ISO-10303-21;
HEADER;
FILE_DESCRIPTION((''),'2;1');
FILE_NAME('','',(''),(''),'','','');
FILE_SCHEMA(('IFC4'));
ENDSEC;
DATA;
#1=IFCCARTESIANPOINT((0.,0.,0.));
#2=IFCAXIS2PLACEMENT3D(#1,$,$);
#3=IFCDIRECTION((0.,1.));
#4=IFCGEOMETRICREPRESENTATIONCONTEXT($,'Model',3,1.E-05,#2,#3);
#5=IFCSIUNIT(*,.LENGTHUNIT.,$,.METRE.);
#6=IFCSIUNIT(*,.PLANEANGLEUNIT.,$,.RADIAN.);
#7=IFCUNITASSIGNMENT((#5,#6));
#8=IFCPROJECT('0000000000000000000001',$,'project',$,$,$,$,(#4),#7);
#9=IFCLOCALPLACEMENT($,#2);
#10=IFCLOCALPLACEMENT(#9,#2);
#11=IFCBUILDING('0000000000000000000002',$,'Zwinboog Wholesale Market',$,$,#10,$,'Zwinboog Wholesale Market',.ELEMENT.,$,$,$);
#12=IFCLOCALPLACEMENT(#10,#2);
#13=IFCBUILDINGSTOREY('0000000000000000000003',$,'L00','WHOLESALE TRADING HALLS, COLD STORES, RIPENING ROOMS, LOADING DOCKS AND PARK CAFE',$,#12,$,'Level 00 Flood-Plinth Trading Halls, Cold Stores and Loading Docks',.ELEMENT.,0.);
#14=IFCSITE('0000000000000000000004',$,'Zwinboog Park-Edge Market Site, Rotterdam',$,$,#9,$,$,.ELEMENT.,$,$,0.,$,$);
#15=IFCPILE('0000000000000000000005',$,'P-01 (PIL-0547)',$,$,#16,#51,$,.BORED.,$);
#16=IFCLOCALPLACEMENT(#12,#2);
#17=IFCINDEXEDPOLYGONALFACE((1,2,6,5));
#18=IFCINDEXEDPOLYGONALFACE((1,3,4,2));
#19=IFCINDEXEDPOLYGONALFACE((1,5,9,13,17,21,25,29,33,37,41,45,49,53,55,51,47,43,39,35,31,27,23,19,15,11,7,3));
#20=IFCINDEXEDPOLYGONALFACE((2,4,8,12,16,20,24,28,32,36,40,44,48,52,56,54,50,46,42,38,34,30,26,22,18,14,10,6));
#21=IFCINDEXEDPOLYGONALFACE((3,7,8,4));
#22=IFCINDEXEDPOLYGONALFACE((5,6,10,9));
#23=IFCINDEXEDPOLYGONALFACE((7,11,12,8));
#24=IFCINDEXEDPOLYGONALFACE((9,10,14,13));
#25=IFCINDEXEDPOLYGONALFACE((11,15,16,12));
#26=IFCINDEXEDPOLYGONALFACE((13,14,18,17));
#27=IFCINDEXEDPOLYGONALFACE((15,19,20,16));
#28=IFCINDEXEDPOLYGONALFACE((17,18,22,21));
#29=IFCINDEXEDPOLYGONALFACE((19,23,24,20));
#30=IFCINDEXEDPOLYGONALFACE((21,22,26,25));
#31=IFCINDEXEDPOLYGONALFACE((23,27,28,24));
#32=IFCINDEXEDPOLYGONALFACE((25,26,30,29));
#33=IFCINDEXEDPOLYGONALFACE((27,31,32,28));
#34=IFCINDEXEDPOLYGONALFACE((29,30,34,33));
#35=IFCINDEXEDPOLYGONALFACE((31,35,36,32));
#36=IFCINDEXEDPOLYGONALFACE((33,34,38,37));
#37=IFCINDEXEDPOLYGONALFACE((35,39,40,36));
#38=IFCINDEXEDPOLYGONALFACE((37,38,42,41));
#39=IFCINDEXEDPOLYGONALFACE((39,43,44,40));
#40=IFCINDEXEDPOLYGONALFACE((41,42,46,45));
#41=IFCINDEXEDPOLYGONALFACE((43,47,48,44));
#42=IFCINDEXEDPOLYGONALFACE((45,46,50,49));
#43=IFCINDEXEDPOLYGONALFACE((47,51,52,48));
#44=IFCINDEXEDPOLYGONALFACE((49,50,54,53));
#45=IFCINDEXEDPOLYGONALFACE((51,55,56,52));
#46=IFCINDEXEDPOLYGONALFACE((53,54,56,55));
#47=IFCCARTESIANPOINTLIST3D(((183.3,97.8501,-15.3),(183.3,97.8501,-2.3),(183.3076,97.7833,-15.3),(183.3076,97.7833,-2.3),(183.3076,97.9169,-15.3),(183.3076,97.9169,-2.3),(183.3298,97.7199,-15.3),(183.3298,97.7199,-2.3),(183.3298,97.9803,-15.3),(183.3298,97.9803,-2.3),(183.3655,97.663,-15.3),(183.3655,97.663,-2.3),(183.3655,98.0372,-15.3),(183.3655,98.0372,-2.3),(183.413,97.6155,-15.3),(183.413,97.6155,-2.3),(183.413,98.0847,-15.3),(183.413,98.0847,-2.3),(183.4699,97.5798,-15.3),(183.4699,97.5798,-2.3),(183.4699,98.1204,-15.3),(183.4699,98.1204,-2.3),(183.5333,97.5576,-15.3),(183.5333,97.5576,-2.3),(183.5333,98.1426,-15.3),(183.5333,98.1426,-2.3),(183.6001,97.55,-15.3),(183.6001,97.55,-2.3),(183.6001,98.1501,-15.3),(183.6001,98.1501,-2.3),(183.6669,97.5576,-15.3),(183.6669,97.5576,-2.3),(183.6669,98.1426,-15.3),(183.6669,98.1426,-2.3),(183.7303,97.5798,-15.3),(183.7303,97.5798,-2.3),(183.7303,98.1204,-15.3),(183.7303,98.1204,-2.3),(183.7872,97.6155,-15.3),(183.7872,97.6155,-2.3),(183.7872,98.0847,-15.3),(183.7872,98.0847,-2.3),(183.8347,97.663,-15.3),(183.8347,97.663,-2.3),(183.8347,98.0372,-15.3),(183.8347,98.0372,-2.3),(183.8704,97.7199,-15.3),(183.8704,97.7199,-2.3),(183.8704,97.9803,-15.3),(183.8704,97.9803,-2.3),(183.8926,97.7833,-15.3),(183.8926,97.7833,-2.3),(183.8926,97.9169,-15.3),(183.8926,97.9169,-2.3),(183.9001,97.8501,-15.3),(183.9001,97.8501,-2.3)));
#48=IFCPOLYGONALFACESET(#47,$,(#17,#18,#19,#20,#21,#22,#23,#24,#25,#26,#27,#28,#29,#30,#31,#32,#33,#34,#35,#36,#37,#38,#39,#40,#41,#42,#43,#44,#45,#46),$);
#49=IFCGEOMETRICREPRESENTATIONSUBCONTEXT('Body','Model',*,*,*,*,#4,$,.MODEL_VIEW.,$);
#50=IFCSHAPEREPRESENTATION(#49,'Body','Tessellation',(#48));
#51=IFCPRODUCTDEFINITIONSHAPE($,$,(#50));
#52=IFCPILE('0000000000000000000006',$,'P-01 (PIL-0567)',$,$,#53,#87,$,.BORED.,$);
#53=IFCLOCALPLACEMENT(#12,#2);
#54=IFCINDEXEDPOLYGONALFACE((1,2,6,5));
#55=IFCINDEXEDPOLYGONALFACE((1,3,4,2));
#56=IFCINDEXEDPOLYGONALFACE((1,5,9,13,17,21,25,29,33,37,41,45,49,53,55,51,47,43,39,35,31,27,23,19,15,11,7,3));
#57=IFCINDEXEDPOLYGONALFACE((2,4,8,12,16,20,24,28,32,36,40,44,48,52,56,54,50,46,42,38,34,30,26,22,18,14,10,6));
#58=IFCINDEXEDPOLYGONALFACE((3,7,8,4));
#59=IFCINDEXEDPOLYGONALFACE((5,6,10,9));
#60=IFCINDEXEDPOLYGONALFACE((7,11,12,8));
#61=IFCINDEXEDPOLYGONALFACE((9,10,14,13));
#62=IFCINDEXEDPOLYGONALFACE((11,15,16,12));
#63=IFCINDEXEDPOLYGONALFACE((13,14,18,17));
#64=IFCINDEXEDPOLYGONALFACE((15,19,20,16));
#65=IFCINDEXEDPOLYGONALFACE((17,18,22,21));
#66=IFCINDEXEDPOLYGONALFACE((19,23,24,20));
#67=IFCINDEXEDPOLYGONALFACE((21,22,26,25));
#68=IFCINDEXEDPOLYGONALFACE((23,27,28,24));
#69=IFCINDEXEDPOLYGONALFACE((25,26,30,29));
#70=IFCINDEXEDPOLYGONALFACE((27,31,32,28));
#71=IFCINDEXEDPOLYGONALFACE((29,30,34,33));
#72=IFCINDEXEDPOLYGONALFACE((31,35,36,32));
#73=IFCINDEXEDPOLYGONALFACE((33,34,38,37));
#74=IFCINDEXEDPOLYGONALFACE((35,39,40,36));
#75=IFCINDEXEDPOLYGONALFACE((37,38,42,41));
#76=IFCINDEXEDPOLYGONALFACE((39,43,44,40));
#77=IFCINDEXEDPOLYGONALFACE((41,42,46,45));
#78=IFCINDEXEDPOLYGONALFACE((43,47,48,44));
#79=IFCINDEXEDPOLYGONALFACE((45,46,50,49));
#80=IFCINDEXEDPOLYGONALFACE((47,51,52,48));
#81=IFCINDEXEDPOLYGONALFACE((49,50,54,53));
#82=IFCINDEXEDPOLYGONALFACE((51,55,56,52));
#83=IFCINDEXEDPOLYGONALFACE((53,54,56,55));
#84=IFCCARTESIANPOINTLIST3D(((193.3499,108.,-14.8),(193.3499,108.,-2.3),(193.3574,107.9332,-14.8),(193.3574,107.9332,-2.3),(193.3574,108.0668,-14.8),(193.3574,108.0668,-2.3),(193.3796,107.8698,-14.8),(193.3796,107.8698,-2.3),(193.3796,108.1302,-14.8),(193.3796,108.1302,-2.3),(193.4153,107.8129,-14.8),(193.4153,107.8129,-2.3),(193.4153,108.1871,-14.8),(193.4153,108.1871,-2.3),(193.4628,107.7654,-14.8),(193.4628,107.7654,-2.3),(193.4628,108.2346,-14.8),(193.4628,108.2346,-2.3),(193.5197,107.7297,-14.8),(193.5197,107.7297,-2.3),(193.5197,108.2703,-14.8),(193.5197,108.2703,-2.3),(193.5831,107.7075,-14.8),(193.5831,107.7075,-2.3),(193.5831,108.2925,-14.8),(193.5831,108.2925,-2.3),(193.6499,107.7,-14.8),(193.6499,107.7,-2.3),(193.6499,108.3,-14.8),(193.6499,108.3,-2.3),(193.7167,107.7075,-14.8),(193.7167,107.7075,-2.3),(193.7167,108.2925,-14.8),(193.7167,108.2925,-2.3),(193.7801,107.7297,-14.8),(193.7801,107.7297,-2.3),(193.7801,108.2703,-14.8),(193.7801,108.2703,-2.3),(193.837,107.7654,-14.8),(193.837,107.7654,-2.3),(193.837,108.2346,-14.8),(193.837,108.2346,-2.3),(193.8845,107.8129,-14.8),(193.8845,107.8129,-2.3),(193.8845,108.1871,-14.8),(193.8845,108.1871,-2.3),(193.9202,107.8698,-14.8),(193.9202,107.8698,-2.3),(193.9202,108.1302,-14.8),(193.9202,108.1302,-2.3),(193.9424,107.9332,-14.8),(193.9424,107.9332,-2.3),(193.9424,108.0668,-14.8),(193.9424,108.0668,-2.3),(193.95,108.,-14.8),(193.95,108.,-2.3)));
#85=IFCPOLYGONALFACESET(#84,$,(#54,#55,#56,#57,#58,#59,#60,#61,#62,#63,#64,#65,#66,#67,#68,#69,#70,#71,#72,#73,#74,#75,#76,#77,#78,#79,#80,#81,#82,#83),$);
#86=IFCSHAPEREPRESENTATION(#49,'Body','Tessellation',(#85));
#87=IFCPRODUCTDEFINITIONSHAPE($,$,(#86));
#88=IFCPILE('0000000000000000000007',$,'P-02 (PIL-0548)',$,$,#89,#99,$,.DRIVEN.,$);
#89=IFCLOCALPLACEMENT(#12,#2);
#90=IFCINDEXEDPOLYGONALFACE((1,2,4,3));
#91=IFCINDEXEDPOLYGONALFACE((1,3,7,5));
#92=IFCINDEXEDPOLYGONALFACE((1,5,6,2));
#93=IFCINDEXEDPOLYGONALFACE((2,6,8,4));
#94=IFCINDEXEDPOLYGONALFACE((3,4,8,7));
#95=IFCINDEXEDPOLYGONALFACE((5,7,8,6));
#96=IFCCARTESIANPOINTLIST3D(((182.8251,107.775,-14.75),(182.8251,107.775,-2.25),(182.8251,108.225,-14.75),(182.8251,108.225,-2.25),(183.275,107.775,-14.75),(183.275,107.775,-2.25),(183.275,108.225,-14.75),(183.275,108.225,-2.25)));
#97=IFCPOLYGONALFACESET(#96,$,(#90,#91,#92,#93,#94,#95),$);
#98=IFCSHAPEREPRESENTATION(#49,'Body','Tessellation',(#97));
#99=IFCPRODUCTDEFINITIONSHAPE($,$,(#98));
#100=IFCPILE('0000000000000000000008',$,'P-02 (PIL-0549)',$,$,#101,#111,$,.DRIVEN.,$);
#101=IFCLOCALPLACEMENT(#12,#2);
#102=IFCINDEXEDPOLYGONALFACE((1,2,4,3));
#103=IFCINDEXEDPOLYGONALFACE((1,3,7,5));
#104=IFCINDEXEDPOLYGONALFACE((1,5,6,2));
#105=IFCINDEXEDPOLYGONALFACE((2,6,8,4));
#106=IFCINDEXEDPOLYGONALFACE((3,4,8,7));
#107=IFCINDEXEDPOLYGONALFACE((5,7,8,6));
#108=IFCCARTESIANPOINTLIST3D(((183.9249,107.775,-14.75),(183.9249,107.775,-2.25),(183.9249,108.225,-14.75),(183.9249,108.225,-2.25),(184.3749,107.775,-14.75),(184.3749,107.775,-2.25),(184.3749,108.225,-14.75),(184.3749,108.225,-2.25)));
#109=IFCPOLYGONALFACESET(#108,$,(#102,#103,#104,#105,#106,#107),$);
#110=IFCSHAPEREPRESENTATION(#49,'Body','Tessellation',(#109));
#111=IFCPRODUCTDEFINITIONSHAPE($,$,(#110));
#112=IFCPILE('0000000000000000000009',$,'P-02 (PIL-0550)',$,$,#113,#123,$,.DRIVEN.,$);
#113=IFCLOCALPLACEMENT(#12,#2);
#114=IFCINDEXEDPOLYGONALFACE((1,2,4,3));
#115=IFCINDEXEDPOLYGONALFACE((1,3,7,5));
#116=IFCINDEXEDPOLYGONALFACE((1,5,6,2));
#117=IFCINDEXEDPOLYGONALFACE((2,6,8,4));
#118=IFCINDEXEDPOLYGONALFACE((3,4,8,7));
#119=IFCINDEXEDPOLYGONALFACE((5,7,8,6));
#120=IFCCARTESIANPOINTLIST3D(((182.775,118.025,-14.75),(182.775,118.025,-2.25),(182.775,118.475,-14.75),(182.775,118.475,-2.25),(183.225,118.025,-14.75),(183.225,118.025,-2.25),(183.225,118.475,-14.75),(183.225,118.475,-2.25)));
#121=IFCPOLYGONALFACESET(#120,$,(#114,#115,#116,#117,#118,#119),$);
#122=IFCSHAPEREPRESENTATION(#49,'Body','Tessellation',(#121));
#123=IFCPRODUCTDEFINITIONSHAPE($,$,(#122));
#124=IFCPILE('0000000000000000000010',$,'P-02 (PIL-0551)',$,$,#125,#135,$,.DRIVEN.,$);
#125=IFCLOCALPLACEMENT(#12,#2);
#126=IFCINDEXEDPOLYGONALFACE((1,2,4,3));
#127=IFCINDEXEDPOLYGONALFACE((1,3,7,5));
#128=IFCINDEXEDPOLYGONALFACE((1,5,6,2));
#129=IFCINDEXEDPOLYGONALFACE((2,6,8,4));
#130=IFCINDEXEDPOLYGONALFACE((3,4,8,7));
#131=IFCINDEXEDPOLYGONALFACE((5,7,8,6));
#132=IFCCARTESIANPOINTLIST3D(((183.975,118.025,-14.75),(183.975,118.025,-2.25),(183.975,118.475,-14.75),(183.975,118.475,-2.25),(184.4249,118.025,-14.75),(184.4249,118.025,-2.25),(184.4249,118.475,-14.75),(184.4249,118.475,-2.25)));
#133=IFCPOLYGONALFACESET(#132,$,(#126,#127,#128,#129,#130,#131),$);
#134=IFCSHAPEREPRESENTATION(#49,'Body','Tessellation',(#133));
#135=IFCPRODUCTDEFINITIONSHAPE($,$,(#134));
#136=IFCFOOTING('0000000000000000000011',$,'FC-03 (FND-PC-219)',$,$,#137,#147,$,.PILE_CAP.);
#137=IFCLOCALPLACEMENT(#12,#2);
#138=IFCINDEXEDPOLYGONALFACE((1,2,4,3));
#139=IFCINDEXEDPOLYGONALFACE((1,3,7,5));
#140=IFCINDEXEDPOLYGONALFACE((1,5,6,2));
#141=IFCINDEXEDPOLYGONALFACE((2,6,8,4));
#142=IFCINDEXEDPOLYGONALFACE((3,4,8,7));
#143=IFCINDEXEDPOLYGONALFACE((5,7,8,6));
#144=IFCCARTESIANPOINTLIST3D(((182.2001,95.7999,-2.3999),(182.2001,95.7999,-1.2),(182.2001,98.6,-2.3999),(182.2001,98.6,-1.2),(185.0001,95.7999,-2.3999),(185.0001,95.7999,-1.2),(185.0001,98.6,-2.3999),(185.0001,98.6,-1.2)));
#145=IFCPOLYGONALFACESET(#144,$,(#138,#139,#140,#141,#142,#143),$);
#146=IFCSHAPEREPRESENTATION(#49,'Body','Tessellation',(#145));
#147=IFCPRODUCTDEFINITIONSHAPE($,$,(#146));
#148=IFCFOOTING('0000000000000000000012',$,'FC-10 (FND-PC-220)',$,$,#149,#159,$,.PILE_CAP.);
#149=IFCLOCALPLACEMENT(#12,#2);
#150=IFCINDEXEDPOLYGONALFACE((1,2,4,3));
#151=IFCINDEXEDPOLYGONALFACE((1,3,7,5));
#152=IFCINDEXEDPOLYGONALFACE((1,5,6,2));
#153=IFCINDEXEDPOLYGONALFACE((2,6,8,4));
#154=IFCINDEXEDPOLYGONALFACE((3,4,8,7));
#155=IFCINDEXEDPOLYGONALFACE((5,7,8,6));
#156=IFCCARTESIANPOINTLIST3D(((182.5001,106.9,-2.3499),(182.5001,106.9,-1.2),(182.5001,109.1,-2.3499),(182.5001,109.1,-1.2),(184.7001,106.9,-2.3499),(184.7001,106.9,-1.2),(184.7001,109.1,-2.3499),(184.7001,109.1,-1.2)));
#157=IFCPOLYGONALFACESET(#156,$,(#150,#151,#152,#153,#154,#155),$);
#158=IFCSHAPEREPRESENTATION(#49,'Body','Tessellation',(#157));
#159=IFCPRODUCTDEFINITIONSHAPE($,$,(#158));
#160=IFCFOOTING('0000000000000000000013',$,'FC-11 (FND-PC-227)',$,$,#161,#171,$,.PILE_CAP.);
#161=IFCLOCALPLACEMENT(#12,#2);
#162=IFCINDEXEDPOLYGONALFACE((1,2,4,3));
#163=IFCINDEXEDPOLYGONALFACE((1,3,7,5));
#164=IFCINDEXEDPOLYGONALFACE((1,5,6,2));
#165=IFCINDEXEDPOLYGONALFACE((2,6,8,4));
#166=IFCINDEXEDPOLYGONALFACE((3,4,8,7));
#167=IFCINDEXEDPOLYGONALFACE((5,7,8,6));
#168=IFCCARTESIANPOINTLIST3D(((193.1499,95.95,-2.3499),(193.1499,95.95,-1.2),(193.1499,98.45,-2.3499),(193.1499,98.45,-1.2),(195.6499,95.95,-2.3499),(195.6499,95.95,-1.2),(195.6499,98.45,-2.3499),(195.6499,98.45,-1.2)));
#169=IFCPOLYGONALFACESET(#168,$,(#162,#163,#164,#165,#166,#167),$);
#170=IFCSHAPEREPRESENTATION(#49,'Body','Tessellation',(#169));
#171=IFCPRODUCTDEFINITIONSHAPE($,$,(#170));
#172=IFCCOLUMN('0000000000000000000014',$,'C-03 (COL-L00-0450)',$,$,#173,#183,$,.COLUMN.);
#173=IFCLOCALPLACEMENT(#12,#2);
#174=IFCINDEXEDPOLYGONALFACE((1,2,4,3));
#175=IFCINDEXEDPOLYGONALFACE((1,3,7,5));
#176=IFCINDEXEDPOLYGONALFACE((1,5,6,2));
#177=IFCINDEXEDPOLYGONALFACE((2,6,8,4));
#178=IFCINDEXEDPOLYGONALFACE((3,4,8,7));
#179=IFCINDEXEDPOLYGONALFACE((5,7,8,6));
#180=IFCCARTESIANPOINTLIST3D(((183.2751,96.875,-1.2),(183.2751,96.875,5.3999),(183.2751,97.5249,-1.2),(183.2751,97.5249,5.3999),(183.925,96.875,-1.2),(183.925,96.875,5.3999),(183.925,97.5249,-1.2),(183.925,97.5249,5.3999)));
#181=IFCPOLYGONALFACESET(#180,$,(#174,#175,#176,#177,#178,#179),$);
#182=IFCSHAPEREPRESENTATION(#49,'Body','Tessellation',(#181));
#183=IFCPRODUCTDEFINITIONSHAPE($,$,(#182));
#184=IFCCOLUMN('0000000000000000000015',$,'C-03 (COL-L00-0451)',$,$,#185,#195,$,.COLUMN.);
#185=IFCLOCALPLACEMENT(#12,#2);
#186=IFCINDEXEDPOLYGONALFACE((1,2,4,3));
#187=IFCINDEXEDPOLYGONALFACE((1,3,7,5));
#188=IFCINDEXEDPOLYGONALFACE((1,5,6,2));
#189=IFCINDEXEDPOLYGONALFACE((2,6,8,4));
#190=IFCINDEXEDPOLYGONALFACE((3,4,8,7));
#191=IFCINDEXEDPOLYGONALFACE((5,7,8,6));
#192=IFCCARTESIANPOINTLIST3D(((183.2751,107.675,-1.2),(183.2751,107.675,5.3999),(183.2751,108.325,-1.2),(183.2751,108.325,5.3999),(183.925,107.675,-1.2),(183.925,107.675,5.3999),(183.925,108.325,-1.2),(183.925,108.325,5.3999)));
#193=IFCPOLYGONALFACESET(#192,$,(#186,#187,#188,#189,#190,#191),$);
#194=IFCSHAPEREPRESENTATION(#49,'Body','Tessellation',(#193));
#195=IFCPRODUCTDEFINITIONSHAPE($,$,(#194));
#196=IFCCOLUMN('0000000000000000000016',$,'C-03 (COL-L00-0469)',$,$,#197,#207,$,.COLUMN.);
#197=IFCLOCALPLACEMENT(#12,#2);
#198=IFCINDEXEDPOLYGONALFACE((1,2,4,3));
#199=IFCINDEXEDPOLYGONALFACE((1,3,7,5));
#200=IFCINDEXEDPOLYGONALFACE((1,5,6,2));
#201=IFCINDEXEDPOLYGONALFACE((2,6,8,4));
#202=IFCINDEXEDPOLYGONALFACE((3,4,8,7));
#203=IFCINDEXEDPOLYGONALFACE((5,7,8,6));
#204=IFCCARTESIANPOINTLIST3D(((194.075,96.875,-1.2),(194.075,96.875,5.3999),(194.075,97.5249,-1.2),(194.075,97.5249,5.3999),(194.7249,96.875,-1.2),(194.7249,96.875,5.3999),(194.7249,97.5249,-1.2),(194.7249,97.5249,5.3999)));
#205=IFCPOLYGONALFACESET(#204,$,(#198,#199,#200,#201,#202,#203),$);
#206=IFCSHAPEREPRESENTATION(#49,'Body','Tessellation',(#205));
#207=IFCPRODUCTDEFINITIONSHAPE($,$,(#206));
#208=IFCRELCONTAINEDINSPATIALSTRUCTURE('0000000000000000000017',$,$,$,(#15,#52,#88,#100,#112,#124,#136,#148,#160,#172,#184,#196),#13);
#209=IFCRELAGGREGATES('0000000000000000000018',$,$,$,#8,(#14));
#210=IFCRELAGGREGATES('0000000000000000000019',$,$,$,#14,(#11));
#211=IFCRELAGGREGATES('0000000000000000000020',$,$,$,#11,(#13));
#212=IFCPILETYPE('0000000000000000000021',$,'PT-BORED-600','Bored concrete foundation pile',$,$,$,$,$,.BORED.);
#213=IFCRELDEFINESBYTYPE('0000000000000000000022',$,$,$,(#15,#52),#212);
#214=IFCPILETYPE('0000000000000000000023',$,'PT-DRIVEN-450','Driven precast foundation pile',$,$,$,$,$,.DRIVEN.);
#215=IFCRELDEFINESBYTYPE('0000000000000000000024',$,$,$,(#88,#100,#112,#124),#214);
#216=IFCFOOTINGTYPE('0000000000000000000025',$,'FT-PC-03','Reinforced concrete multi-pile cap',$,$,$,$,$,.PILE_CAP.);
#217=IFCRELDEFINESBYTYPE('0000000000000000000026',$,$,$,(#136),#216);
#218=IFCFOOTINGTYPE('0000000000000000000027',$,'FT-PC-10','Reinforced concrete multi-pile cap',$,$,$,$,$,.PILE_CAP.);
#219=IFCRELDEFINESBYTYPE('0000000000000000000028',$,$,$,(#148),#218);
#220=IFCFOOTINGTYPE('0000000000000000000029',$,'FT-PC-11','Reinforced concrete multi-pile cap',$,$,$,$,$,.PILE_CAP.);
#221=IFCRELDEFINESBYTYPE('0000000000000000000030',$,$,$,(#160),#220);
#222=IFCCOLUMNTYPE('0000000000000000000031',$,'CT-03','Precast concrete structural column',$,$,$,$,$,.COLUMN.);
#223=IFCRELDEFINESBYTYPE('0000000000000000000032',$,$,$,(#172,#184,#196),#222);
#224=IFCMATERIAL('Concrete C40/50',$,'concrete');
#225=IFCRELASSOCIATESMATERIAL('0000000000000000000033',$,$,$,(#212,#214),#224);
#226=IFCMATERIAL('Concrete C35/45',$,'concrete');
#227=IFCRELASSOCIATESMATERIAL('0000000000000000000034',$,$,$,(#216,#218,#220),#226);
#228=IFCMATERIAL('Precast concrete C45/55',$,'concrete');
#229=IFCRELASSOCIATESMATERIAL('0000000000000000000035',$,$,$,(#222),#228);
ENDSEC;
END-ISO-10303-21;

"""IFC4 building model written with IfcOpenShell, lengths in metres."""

from ifc_helpers import new_model, si_unit, direction, frame, origin, origin_2d, place, context, subcontext, project, spatial, rectangle, circle, extrude, material, material_profile, profile_set, type_object, element, save


model = new_model("IFC4")

# Units and contexts
model_context = context("Model", 3, precision=1e-05, world=origin(), true_north=direction((0.0, 1.0)))
body_context = subcontext(model_context, "Body", "Model", "MODEL_VIEW")
ifc_project = project(units=[si_unit("LENGTHUNIT", "METRE"), si_unit("PLANEANGLEUNIT", "RADIAN")], contexts=[model_context])

# Site, building, storey
site_placement = place(None, origin())
site = spatial("IfcSite", under=ifc_project, at=site_placement, Name="Zwinboog Park-Edge Market Site, Rotterdam", CompositionType="ELEMENT", RefElevation=0.0)
building_placement = place(site_placement, origin())
building = spatial("IfcBuilding", under=site, at=building_placement, Name="Zwinboog Wholesale Market", LongName="Zwinboog Wholesale Market", CompositionType="ELEMENT")
storey_placement = place(building_placement, origin())
storey = spatial("IfcBuildingStorey", under=building, at=storey_placement, Name="L00", Description="WHOLESALE TRADING HALLS, COLD STORES, RIPENING ROOMS, LOADING DOCKS AND PARK CAFE", LongName="Level 00 Flood-Plinth Trading Halls, Cold Stores and Loading Docks", CompositionType="ELEMENT", Elevation=0.0)

# Piles
ifc_material_1 = material(Name="Concrete C40/50", Category="concrete")
ifc_material_profile_1 = material_profile(ifc_material_1, circle(Radius=0.3, at=origin_2d()), Name="PILE D600")
ifc_profile_set_1 = profile_set([ifc_material_profile_1], Name="Concrete C40/50")
pile_type_1 = type_object("IfcPileType", Name="PT-BORED-600", Description="Bored concrete foundation pile", PredefinedType="BORED", material=ifc_profile_set_1)
pile_1_placement = place(storey_placement, frame((183.6001, 97.8501, -2.3), z_axis=(0.0, 0.0, -1.0), x_axis=(1.0, 0.0, 0.0)))
element("IfcPile", 1, at=pile_1_placement, inside=storey, type_object=pile_type_1, Name="P-01 (PIL-0547)", PredefinedType="BORED", context=body_context, shape_type="SweptSolid", body=[
    extrude(circle(Radius=0.3, at=origin_2d()), origin(), (0.0, 0.0, 1.0), 13.0),
])
pile_2_placement = place(storey_placement, frame((193.6499, 108.0, -2.3), z_axis=(0.0, 0.0, -1.0), x_axis=(1.0, 0.0, 0.0)))
element("IfcPile", 2, at=pile_2_placement, inside=storey, type_object=pile_type_1, Name="P-01 (PIL-0567)", PredefinedType="BORED", context=body_context, shape_type="SweptSolid", body=[
    extrude(circle(Radius=0.3, at=origin_2d()), origin(), (0.0, 0.0, 1.0), 12.5),
])
ifc_material_profile_2 = material_profile(ifc_material_1, rectangle(XDim=0.45, YDim=0.45, at=origin_2d()), Name="PILE SQ450")
ifc_profile_set_2 = profile_set([ifc_material_profile_2], Name="Concrete C40/50")
pile_type_2 = type_object("IfcPileType", Name="PT-DRIVEN-450", Description="Driven precast foundation pile", PredefinedType="DRIVEN", material=ifc_profile_set_2)
for number, where, z_axis, x_axis, name in (
    (3, (183.05, 108.0, -2.25), (0.0, 0.0, -1.0), (1.0, 0.0, 0.0), "P-02 (PIL-0548)"),
    (4, (184.1499, 108.0, -2.25), (0.0, 0.0, -1.0), (1.0, 0.0, 0.0), "P-02 (PIL-0549)"),
    (5, (183.0, 118.25, -2.25), (0.0, 0.0, -1.0), (1.0, 0.0, 0.0), "P-02 (PIL-0550)"),
    (6, (184.2, 118.25, -2.25), (0.0, 0.0, -1.0), (1.0, 0.0, 0.0), "P-02 (PIL-0551)"),
):
    element("IfcPile", number, at=place(storey_placement, frame(where, z_axis=z_axis, x_axis=x_axis)), inside=storey, type_object=pile_type_2, Name=name, PredefinedType="DRIVEN", context=body_context, shape_type="SweptSolid", body=[
        extrude(rectangle(XDim=0.45, YDim=0.45, at=origin_2d()), origin(), (0.0, 0.0, 1.0), 12.5),
    ])

# Footings
ifc_material_2 = material(Name="Concrete C35/45", Category="concrete")
footing_type_1 = type_object("IfcFootingType", Name="FT-PC-03", Description="Reinforced concrete multi-pile cap", PredefinedType="PILE_CAP", material=ifc_material_2)
footing_1_placement = place(storey_placement, frame((183.6001, 97.2, -2.3999), z_axis=(0.0, 0.0, 1.0), x_axis=(1.0, 0.0, 0.0)))
element("IfcFooting", 7, at=footing_1_placement, inside=storey, type_object=footing_type_1, Name="FC-03 (FND-PC-219)", PredefinedType="PILE_CAP", context=body_context, shape_type="SweptSolid", body=[
    extrude(rectangle(XDim=2.8, YDim=2.8, at=origin_2d()), origin(), (0.0, 0.0, 1.0), 1.2),
])
footing_type_2 = type_object("IfcFootingType", Name="FT-PC-10", Description="Reinforced concrete multi-pile cap", PredefinedType="PILE_CAP", material=ifc_material_2)
footing_2_placement = place(storey_placement, frame((183.6001, 108.0, -2.3499), z_axis=(0.0, 0.0, 1.0), x_axis=(1.0, 0.0, 0.0)))
element("IfcFooting", 8, at=footing_2_placement, inside=storey, type_object=footing_type_2, Name="FC-10 (FND-PC-220)", PredefinedType="PILE_CAP", context=body_context, shape_type="SweptSolid", body=[
    extrude(rectangle(XDim=2.2, YDim=2.2, at=origin_2d()), origin(), (0.0, 0.0, 1.0), 1.1499),
])
footing_type_3 = type_object("IfcFootingType", Name="FT-PC-11", Description="Reinforced concrete multi-pile cap", PredefinedType="PILE_CAP", material=ifc_material_2)
footing_3_placement = place(storey_placement, frame((194.3999, 97.2, -2.3499), z_axis=(0.0, 0.0, 1.0), x_axis=(1.0, 0.0, 0.0)))
element("IfcFooting", 9, at=footing_3_placement, inside=storey, type_object=footing_type_3, Name="FC-11 (FND-PC-227)", PredefinedType="PILE_CAP", context=body_context, shape_type="SweptSolid", body=[
    extrude(rectangle(XDim=2.5, YDim=2.5, at=origin_2d()), origin(), (0.0, 0.0, 1.0), 1.1499),
])

# Columns
ifc_material_3 = material(Name="Precast concrete C45/55", Category="concrete")
ifc_material_profile_3 = material_profile(ifc_material_3, rectangle(XDim=0.6499, YDim=0.6499, at=origin_2d()), Name="PC 650x650")
ifc_profile_set_3 = profile_set([ifc_material_profile_3], Name="Precast concrete C45/55")
column_type = type_object("IfcColumnType", Name="CT-03", Description="Precast concrete structural column", PredefinedType="COLUMN", material=ifc_profile_set_3)
for number, where, z_axis, x_axis, name in (
    (10, (183.6001, 97.2, -1.2), (0.0, 0.0, 1.0), (1.0, 0.0, 0.0), "C-03 (COL-L00-0450)"),
    (11, (183.6001, 108.0, -1.2), (0.0, 0.0, 1.0), (1.0, 0.0, 0.0), "C-03 (COL-L00-0451)"),
    (12, (194.3999, 97.2, -1.2), (0.0, 0.0, 1.0), (1.0, 0.0, 0.0), "C-03 (COL-L00-0469)"),
):
    element("IfcColumn", number, at=place(storey_placement, frame(where, z_axis=z_axis, x_axis=x_axis)), inside=storey, type_object=column_type, Name=name, PredefinedType="COLUMN", context=body_context, shape_type="SweptSolid", body=[
        extrude(rectangle(XDim=0.6499, YDim=0.6499, at=origin_2d()), origin(), (0.0, 0.0, 1.0), 6.5999),
    ])

save(model, "model.ifc")
